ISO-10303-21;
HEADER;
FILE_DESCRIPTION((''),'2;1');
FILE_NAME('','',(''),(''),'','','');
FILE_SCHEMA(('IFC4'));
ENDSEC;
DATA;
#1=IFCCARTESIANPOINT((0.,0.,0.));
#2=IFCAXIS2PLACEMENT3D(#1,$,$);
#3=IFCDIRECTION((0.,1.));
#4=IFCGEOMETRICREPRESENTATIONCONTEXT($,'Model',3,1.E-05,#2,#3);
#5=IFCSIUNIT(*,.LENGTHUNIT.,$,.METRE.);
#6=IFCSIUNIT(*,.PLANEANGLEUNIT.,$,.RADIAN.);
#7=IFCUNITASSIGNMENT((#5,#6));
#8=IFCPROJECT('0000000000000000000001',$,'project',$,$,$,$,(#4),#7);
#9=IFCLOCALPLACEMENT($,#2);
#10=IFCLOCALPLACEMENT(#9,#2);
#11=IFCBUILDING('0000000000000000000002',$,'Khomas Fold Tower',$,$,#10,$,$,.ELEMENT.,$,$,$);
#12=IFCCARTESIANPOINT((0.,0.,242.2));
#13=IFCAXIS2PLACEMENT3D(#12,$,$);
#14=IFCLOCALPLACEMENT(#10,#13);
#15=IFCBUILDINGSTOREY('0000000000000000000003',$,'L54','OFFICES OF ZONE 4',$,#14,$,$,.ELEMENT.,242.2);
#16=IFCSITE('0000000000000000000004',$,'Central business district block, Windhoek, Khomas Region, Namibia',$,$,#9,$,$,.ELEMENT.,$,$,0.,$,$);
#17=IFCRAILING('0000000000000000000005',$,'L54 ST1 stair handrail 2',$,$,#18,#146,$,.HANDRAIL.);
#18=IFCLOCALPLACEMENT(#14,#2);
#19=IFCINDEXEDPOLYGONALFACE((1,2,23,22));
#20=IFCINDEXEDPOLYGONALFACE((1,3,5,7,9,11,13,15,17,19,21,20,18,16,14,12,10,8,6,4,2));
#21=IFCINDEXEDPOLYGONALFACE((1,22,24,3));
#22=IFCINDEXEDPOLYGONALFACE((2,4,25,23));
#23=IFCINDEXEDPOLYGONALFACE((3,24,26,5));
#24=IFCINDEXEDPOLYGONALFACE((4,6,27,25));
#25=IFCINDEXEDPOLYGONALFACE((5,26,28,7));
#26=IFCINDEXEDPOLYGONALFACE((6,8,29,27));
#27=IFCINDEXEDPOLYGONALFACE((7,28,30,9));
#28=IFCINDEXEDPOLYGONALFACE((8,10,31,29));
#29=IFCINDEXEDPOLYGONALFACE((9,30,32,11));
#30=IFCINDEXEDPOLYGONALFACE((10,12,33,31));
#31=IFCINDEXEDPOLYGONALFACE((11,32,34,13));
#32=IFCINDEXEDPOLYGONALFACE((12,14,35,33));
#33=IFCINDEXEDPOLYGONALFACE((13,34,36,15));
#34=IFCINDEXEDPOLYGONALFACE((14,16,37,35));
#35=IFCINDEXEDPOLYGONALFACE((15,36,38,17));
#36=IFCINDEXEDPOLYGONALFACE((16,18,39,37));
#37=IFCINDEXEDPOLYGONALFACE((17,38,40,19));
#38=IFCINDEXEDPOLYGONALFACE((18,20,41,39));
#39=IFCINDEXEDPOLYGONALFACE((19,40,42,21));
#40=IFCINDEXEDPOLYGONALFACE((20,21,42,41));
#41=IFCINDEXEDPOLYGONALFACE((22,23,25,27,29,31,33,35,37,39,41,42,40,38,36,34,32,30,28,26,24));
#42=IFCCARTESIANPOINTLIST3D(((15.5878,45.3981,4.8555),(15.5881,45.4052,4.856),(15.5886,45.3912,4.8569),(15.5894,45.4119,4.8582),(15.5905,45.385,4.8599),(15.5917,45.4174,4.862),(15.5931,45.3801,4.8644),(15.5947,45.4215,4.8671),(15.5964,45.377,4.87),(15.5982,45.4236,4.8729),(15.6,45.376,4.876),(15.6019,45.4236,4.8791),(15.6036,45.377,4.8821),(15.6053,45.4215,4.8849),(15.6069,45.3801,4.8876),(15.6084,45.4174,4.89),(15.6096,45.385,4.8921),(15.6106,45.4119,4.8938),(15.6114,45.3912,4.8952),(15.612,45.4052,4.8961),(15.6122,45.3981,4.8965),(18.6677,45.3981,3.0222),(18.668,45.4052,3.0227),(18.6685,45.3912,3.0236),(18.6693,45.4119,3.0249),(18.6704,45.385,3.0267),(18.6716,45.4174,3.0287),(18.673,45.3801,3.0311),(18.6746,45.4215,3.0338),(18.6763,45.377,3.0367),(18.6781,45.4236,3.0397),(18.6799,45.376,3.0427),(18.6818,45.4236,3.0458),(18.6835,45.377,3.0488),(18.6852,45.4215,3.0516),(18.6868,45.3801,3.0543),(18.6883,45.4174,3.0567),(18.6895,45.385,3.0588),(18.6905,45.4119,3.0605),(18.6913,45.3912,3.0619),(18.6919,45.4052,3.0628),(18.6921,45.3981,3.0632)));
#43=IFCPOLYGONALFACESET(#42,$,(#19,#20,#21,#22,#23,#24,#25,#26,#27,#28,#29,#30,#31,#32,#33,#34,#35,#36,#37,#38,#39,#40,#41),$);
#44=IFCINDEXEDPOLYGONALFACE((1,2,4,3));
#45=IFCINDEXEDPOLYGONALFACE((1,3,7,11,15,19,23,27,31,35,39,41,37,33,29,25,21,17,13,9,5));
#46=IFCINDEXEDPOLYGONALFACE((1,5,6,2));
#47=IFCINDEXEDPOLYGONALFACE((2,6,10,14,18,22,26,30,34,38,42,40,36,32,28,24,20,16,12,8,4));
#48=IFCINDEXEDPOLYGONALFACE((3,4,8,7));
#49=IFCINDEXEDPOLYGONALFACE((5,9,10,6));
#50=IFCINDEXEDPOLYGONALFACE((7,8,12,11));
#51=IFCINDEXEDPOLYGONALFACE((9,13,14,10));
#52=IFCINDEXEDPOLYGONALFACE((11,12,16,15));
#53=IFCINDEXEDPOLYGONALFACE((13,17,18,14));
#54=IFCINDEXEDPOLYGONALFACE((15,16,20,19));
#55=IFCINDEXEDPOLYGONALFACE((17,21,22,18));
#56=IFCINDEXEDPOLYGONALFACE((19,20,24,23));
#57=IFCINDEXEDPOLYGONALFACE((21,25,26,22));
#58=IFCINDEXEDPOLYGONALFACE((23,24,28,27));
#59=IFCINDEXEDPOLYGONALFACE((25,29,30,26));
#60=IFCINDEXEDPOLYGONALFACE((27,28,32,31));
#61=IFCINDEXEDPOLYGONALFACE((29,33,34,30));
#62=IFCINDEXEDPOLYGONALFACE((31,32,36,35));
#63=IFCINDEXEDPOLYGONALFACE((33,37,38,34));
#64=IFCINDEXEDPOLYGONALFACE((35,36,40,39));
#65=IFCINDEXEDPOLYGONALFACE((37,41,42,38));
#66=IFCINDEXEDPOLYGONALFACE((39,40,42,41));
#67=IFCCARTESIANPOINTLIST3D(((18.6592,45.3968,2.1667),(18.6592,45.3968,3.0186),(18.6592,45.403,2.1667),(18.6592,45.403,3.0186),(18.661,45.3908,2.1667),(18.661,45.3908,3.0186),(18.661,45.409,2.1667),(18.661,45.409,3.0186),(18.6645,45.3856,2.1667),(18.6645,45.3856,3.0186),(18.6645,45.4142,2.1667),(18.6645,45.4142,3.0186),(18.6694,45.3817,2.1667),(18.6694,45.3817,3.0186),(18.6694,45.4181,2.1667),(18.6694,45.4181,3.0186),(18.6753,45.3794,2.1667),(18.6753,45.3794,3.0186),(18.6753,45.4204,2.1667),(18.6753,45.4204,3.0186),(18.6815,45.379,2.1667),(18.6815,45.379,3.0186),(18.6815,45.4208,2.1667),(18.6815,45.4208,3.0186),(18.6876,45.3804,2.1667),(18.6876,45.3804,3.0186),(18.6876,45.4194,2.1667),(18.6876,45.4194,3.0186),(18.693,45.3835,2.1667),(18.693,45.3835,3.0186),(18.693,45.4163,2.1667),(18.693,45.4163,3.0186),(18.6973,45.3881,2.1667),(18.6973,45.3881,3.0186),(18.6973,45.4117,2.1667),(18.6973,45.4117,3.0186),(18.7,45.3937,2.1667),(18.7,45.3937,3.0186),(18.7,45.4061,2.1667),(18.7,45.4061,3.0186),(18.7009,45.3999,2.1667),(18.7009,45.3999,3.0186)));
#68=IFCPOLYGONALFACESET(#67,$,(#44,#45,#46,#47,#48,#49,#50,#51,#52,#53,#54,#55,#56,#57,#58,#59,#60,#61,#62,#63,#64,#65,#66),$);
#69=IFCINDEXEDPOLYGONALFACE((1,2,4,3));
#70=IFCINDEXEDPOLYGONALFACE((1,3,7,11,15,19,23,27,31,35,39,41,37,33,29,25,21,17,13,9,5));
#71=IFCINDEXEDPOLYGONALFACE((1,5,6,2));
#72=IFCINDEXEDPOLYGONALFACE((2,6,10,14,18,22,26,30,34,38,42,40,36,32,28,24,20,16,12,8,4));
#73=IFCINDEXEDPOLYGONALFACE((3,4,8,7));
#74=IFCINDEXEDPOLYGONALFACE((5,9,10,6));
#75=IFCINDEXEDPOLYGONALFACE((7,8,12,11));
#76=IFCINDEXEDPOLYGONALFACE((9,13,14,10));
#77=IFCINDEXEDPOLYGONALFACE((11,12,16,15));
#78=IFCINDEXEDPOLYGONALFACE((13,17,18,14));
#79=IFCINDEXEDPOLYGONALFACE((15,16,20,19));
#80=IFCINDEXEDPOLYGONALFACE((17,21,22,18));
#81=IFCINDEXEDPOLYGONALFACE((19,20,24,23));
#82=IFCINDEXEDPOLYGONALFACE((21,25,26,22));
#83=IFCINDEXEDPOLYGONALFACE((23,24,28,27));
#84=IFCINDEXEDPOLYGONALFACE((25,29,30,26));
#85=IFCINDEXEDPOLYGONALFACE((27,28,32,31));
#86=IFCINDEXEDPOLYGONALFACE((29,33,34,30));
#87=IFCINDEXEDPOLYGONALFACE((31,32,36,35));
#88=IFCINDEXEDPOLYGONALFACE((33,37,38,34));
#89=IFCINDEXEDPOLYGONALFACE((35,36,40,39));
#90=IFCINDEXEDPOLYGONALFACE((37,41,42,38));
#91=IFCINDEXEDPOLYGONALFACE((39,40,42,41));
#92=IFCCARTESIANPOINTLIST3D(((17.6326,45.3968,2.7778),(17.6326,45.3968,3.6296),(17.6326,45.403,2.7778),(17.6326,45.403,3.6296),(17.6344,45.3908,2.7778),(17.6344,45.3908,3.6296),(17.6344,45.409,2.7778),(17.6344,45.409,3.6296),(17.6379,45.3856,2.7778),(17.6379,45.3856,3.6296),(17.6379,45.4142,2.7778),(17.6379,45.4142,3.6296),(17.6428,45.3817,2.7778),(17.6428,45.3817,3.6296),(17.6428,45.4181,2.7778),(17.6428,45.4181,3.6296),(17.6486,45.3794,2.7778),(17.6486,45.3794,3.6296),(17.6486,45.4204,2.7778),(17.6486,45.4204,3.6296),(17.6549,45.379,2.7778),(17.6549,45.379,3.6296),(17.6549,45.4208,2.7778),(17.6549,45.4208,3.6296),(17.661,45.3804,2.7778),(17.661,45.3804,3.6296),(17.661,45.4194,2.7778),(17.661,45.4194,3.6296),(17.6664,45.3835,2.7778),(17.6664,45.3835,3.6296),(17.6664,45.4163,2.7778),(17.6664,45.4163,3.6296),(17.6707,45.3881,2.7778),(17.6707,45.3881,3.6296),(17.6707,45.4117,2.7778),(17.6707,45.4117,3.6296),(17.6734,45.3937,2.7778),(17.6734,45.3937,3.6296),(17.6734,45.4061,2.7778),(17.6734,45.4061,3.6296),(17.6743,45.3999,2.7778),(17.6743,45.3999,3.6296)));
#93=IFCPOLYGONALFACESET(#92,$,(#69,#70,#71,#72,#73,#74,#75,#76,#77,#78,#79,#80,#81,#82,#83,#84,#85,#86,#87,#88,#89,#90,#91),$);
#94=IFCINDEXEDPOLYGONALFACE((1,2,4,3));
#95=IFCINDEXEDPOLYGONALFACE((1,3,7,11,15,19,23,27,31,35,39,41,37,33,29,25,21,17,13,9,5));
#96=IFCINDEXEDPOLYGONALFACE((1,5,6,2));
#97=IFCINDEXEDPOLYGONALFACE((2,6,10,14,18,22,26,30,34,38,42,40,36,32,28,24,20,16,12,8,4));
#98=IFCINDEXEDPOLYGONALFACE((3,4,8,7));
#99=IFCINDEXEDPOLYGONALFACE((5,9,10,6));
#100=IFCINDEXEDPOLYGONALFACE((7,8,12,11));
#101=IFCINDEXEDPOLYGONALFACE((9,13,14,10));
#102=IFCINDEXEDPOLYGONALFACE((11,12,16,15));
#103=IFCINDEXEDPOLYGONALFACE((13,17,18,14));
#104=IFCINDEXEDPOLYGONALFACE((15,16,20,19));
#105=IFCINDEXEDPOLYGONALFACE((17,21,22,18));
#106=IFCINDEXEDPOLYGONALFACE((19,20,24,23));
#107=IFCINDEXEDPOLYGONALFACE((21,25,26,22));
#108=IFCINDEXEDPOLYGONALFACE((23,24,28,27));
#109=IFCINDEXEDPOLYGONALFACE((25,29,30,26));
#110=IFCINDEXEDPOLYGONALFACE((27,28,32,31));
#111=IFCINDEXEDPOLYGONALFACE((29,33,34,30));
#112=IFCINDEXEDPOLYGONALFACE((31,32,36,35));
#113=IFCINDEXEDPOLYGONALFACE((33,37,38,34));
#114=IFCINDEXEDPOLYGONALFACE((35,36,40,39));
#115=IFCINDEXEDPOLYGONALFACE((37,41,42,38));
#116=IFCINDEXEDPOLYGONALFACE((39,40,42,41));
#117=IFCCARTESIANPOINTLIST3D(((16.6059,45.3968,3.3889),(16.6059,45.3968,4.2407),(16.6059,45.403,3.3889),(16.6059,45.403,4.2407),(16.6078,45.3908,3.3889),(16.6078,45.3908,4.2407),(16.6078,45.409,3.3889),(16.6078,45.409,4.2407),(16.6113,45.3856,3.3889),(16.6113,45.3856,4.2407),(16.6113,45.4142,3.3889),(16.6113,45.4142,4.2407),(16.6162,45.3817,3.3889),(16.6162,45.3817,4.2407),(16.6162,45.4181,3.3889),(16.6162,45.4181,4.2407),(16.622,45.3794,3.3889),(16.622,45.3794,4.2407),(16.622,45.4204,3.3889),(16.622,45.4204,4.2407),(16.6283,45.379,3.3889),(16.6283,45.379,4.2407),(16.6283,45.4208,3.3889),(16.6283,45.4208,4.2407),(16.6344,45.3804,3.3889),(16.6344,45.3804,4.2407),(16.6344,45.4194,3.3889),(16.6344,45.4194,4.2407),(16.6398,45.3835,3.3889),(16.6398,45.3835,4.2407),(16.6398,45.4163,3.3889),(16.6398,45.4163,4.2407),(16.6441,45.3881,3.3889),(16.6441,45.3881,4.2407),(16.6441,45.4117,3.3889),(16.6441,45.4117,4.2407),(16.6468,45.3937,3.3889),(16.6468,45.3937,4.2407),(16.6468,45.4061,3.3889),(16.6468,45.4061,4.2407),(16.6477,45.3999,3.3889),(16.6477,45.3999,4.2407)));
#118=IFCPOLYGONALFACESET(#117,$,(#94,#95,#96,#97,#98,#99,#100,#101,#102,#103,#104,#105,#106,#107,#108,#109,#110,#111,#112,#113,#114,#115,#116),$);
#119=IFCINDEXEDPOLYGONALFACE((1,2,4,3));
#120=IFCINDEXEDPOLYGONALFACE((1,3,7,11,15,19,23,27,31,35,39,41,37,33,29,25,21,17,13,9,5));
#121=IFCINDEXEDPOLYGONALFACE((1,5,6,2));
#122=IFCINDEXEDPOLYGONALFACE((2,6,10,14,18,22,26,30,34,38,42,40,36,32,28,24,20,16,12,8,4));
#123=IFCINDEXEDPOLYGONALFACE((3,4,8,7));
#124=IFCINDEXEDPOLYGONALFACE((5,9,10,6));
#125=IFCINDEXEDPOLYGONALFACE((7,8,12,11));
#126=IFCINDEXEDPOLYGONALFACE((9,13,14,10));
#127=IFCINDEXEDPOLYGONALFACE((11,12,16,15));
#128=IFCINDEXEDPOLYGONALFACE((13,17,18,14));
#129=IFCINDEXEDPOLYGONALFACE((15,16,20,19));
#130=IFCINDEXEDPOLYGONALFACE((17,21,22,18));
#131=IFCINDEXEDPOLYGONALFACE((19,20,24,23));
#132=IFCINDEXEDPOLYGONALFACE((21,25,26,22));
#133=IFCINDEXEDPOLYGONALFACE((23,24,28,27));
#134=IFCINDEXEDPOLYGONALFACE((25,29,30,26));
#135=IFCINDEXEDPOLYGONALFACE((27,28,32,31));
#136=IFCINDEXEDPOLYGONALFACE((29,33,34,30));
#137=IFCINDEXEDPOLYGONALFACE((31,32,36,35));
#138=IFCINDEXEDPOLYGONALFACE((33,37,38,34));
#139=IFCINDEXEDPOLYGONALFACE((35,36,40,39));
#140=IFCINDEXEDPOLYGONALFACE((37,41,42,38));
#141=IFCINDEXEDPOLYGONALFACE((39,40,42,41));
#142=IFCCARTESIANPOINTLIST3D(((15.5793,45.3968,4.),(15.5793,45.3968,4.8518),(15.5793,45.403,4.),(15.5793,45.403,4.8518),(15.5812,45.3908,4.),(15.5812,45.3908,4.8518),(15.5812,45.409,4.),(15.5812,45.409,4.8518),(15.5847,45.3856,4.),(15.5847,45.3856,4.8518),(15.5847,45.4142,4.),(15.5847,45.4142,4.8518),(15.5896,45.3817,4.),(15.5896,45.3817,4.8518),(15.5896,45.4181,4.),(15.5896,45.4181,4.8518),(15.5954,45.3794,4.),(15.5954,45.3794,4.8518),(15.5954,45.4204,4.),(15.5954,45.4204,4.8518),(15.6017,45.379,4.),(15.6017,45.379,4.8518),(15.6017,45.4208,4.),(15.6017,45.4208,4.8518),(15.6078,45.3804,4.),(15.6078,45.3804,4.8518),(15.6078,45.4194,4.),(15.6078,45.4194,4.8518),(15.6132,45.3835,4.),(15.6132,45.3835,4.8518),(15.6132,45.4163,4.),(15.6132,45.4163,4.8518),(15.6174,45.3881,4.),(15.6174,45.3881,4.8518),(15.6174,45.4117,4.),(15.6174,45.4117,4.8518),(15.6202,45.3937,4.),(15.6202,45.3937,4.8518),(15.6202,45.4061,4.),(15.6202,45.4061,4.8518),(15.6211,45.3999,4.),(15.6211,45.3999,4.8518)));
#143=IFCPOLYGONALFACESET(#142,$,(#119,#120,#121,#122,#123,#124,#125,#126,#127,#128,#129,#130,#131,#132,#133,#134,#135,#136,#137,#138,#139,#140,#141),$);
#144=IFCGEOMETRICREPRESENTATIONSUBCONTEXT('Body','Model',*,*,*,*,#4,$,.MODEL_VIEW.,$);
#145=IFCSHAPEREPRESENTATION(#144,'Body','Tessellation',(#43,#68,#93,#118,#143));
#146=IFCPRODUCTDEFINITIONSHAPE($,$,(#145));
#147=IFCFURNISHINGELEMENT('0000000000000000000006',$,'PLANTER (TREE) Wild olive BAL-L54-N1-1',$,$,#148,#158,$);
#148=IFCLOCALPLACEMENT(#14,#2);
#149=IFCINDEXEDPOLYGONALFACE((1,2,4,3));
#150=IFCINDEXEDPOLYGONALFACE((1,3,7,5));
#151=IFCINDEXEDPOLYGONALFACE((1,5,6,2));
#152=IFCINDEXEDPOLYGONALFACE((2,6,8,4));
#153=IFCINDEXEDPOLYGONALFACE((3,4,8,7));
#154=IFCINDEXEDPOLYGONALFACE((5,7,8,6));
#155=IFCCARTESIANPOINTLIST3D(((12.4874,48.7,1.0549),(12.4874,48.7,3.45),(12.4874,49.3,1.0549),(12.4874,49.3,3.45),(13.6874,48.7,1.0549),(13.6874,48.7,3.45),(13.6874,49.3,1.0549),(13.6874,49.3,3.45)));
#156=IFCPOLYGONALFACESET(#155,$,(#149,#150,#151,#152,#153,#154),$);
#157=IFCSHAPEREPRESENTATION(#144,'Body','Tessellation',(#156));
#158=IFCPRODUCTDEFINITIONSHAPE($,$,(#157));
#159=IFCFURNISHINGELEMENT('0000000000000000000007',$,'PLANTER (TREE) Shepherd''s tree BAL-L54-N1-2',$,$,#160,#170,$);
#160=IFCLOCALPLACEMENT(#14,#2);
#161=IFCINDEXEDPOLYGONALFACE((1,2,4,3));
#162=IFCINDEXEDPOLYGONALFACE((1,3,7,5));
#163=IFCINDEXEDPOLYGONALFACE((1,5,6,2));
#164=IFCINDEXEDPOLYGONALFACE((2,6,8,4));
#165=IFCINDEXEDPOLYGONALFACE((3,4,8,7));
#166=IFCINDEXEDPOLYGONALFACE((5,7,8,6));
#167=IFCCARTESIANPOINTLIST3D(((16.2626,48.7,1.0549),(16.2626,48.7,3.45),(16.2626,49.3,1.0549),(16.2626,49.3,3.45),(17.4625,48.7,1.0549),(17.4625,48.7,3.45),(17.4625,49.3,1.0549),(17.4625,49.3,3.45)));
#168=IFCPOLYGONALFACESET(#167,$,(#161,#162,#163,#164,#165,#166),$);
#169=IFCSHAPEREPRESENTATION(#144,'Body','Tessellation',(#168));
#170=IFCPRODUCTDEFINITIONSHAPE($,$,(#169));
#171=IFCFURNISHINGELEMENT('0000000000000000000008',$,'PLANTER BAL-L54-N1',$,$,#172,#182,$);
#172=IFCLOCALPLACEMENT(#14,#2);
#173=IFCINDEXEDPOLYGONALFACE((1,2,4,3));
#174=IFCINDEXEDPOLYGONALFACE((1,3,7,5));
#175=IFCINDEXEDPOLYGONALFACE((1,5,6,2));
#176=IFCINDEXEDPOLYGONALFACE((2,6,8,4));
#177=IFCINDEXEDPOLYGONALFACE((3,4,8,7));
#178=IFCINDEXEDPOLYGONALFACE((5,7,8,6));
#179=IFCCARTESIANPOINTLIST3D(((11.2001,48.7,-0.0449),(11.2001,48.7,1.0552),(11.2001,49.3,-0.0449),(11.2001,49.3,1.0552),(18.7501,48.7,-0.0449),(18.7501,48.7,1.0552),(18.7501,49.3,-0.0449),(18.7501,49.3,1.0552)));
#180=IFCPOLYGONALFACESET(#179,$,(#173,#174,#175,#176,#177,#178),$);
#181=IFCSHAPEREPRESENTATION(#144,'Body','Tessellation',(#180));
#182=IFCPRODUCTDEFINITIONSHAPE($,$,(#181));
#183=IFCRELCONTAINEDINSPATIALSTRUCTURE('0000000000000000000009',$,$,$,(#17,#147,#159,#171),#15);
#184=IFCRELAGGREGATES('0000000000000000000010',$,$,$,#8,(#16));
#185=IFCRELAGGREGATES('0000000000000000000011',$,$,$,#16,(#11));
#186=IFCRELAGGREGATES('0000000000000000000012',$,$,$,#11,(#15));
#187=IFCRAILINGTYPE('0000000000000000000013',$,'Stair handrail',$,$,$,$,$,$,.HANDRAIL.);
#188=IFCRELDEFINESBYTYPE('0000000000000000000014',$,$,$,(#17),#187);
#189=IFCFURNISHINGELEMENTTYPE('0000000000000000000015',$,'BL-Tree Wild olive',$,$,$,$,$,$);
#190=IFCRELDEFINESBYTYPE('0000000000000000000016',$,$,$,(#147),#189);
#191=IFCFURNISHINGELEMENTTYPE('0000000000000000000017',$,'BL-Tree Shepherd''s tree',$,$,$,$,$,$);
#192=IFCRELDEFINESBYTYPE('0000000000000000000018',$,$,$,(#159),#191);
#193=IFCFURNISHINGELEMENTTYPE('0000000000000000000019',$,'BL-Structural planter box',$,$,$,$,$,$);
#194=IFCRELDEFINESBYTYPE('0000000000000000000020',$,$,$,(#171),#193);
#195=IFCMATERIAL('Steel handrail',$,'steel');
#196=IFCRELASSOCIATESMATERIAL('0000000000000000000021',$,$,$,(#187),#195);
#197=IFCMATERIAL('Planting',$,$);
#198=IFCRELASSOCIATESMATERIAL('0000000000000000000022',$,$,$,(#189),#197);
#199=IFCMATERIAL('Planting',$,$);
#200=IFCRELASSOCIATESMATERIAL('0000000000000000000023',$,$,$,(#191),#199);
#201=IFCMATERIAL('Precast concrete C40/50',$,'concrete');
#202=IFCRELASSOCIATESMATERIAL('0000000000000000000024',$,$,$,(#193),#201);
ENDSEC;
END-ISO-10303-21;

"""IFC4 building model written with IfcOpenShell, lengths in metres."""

from ifc_helpers import new_model, si_unit, direction, frame, origin, origin_2d, place, context, subcontext, project, spatial, rectangle, circle, extrude, source, transform, mapped, material, type_object, element, save


model = new_model("IFC4")

# Units and contexts
model_context = context("Model", 3, precision=1e-05, world=origin(), true_north=direction((0.0, 1.0)))
body_context = subcontext(model_context, "Body", "Model", "MODEL_VIEW")
ifc_project = project(units=[si_unit("LENGTHUNIT", "METRE"), si_unit("PLANEANGLEUNIT", "RADIAN")], contexts=[model_context])

# Site, building, storey
site_placement = place(None, origin())
site = spatial("IfcSite", under=ifc_project, at=site_placement, Name="Central business district block, Windhoek, Khomas Region, Namibia", CompositionType="ELEMENT", RefElevation=0.0)
building_placement = place(site_placement, origin())
building = spatial("IfcBuilding", under=site, at=building_placement, Name="Khomas Fold Tower", CompositionType="ELEMENT")
storey_placement = place(building_placement, frame((0.0, 0.0, 242.2)))
storey = spatial("IfcBuildingStorey", under=building, at=storey_placement, Name="L54", Description="OFFICES OF ZONE 4", CompositionType="ELEMENT", Elevation=242.2)

# Railing
ifc_material_1 = material(Name="Steel handrail", Category="steel")
railing_type_1 = type_object("IfcRailingType", Name="Stair handrail", PredefinedType="HANDRAIL", material=ifc_material_1)
shared_shape_1 = source(origin(), body_context, "Body", "SweptSolid", [
    extrude(circle(Radius=0.0239, at=origin_2d()), frame((0.0, 0.0, 0.876), z_axis=(-0.859291, 0.0, 0.511487), x_axis=(0.0, -1.0, 0.0)), (0.0, 0.0, 1.0), 3.5842),
    extrude(circle(Radius=0.021, at=origin_2d()), origin(), (0.0, 0.0, 1.0), 0.8518),
    extrude(circle(Radius=0.021, at=origin_2d()), frame((-1.0266, 0.0, 0.6111)), (0.0, 0.0, 1.0), 0.8518),
    extrude(circle(Radius=0.021, at=origin_2d()), frame((-2.0532, 0.0, 1.2222)), (0.0, 0.0, 1.0), 0.8518),
    extrude(circle(Radius=0.021, at=origin_2d()), frame((-3.0798, 0.0, 1.8333)), (0.0, 0.0, 1.0), 0.8518),
])
railing_1_placement = place(storey_placement, frame((18.6799, 45.3999, 2.1667)))
element("IfcRailing", 1, at=railing_1_placement, inside=storey, type_object=railing_type_1, Name="L54 ST1 stair handrail 2", PredefinedType="HANDRAIL", context=body_context, shape_type="MappedRepresentation", body=[
    mapped(shared_shape_1, transform((0.0, 0.0, 0.0))),
])

# Furnishing elements
ifc_material_2 = material(Name="Planting")
furnishing_element_type_1 = type_object("IfcFurnishingElementType", Name="BL-Tree Wild olive", material=ifc_material_2)
shared_shape_2 = source(origin(), body_context, "Body", "SweptSolid", [
    extrude(rectangle(XDim=1.2, YDim=0.6001, at=origin_2d()), origin(), (0.0, 0.0, 1.0), 2.395),
])
furnishing_1_placement = place(storey_placement, frame((13.0874, 49.0, 1.0549), z_axis=(0.0, 0.0, 1.0), x_axis=(1.0, 0.0, 0.0)))
element("IfcFurnishingElement", 2, at=furnishing_1_placement, inside=storey, type_object=furnishing_element_type_1, Name="PLANTER (TREE) Wild olive BAL-L54-N1-1", context=body_context, shape_type="MappedRepresentation", body=[
    mapped(shared_shape_2, transform((0.0, 0.0, 0.0))),
])
ifc_material_3 = material(Name="Planting")
furnishing_element_type_2 = type_object("IfcFurnishingElementType", Name="BL-Tree Shepherd's tree", material=ifc_material_3)
furnishing_2_placement = place(storey_placement, frame((16.8625, 49.0, 1.0549), z_axis=(0.0, 0.0, 1.0), x_axis=(1.0, 0.0, 0.0)))
element("IfcFurnishingElement", 3, at=furnishing_2_placement, inside=storey, type_object=furnishing_element_type_2, Name="PLANTER (TREE) Shepherd's tree BAL-L54-N1-2", context=body_context, shape_type="MappedRepresentation", body=[
    mapped(shared_shape_2, transform((0.0, 0.0, 0.0))),
])
ifc_material_4 = material(Name="Precast concrete C40/50", Category="concrete")
furnishing_element_type_3 = type_object("IfcFurnishingElementType", Name="BL-Structural planter box", material=ifc_material_4)
shared_shape_3 = source(origin(), body_context, "Body", "SweptSolid", [
    extrude(rectangle(XDim=7.55, YDim=0.6001, at=origin_2d()), origin(), (0.0, 0.0, 1.0), 1.1001),
])
furnishing_3_placement = place(storey_placement, frame((14.9751, 49.0, -0.0449), z_axis=(0.0, 0.0, 1.0), x_axis=(1.0, 0.0, 0.0)))
element("IfcFurnishingElement", 4, at=furnishing_3_placement, inside=storey, type_object=furnishing_element_type_3, Name="PLANTER BAL-L54-N1", context=body_context, shape_type="MappedRepresentation", body=[
    mapped(shared_shape_3, transform((0.0, 0.0, 0.0))),
])

save(model, "model.ifc")
